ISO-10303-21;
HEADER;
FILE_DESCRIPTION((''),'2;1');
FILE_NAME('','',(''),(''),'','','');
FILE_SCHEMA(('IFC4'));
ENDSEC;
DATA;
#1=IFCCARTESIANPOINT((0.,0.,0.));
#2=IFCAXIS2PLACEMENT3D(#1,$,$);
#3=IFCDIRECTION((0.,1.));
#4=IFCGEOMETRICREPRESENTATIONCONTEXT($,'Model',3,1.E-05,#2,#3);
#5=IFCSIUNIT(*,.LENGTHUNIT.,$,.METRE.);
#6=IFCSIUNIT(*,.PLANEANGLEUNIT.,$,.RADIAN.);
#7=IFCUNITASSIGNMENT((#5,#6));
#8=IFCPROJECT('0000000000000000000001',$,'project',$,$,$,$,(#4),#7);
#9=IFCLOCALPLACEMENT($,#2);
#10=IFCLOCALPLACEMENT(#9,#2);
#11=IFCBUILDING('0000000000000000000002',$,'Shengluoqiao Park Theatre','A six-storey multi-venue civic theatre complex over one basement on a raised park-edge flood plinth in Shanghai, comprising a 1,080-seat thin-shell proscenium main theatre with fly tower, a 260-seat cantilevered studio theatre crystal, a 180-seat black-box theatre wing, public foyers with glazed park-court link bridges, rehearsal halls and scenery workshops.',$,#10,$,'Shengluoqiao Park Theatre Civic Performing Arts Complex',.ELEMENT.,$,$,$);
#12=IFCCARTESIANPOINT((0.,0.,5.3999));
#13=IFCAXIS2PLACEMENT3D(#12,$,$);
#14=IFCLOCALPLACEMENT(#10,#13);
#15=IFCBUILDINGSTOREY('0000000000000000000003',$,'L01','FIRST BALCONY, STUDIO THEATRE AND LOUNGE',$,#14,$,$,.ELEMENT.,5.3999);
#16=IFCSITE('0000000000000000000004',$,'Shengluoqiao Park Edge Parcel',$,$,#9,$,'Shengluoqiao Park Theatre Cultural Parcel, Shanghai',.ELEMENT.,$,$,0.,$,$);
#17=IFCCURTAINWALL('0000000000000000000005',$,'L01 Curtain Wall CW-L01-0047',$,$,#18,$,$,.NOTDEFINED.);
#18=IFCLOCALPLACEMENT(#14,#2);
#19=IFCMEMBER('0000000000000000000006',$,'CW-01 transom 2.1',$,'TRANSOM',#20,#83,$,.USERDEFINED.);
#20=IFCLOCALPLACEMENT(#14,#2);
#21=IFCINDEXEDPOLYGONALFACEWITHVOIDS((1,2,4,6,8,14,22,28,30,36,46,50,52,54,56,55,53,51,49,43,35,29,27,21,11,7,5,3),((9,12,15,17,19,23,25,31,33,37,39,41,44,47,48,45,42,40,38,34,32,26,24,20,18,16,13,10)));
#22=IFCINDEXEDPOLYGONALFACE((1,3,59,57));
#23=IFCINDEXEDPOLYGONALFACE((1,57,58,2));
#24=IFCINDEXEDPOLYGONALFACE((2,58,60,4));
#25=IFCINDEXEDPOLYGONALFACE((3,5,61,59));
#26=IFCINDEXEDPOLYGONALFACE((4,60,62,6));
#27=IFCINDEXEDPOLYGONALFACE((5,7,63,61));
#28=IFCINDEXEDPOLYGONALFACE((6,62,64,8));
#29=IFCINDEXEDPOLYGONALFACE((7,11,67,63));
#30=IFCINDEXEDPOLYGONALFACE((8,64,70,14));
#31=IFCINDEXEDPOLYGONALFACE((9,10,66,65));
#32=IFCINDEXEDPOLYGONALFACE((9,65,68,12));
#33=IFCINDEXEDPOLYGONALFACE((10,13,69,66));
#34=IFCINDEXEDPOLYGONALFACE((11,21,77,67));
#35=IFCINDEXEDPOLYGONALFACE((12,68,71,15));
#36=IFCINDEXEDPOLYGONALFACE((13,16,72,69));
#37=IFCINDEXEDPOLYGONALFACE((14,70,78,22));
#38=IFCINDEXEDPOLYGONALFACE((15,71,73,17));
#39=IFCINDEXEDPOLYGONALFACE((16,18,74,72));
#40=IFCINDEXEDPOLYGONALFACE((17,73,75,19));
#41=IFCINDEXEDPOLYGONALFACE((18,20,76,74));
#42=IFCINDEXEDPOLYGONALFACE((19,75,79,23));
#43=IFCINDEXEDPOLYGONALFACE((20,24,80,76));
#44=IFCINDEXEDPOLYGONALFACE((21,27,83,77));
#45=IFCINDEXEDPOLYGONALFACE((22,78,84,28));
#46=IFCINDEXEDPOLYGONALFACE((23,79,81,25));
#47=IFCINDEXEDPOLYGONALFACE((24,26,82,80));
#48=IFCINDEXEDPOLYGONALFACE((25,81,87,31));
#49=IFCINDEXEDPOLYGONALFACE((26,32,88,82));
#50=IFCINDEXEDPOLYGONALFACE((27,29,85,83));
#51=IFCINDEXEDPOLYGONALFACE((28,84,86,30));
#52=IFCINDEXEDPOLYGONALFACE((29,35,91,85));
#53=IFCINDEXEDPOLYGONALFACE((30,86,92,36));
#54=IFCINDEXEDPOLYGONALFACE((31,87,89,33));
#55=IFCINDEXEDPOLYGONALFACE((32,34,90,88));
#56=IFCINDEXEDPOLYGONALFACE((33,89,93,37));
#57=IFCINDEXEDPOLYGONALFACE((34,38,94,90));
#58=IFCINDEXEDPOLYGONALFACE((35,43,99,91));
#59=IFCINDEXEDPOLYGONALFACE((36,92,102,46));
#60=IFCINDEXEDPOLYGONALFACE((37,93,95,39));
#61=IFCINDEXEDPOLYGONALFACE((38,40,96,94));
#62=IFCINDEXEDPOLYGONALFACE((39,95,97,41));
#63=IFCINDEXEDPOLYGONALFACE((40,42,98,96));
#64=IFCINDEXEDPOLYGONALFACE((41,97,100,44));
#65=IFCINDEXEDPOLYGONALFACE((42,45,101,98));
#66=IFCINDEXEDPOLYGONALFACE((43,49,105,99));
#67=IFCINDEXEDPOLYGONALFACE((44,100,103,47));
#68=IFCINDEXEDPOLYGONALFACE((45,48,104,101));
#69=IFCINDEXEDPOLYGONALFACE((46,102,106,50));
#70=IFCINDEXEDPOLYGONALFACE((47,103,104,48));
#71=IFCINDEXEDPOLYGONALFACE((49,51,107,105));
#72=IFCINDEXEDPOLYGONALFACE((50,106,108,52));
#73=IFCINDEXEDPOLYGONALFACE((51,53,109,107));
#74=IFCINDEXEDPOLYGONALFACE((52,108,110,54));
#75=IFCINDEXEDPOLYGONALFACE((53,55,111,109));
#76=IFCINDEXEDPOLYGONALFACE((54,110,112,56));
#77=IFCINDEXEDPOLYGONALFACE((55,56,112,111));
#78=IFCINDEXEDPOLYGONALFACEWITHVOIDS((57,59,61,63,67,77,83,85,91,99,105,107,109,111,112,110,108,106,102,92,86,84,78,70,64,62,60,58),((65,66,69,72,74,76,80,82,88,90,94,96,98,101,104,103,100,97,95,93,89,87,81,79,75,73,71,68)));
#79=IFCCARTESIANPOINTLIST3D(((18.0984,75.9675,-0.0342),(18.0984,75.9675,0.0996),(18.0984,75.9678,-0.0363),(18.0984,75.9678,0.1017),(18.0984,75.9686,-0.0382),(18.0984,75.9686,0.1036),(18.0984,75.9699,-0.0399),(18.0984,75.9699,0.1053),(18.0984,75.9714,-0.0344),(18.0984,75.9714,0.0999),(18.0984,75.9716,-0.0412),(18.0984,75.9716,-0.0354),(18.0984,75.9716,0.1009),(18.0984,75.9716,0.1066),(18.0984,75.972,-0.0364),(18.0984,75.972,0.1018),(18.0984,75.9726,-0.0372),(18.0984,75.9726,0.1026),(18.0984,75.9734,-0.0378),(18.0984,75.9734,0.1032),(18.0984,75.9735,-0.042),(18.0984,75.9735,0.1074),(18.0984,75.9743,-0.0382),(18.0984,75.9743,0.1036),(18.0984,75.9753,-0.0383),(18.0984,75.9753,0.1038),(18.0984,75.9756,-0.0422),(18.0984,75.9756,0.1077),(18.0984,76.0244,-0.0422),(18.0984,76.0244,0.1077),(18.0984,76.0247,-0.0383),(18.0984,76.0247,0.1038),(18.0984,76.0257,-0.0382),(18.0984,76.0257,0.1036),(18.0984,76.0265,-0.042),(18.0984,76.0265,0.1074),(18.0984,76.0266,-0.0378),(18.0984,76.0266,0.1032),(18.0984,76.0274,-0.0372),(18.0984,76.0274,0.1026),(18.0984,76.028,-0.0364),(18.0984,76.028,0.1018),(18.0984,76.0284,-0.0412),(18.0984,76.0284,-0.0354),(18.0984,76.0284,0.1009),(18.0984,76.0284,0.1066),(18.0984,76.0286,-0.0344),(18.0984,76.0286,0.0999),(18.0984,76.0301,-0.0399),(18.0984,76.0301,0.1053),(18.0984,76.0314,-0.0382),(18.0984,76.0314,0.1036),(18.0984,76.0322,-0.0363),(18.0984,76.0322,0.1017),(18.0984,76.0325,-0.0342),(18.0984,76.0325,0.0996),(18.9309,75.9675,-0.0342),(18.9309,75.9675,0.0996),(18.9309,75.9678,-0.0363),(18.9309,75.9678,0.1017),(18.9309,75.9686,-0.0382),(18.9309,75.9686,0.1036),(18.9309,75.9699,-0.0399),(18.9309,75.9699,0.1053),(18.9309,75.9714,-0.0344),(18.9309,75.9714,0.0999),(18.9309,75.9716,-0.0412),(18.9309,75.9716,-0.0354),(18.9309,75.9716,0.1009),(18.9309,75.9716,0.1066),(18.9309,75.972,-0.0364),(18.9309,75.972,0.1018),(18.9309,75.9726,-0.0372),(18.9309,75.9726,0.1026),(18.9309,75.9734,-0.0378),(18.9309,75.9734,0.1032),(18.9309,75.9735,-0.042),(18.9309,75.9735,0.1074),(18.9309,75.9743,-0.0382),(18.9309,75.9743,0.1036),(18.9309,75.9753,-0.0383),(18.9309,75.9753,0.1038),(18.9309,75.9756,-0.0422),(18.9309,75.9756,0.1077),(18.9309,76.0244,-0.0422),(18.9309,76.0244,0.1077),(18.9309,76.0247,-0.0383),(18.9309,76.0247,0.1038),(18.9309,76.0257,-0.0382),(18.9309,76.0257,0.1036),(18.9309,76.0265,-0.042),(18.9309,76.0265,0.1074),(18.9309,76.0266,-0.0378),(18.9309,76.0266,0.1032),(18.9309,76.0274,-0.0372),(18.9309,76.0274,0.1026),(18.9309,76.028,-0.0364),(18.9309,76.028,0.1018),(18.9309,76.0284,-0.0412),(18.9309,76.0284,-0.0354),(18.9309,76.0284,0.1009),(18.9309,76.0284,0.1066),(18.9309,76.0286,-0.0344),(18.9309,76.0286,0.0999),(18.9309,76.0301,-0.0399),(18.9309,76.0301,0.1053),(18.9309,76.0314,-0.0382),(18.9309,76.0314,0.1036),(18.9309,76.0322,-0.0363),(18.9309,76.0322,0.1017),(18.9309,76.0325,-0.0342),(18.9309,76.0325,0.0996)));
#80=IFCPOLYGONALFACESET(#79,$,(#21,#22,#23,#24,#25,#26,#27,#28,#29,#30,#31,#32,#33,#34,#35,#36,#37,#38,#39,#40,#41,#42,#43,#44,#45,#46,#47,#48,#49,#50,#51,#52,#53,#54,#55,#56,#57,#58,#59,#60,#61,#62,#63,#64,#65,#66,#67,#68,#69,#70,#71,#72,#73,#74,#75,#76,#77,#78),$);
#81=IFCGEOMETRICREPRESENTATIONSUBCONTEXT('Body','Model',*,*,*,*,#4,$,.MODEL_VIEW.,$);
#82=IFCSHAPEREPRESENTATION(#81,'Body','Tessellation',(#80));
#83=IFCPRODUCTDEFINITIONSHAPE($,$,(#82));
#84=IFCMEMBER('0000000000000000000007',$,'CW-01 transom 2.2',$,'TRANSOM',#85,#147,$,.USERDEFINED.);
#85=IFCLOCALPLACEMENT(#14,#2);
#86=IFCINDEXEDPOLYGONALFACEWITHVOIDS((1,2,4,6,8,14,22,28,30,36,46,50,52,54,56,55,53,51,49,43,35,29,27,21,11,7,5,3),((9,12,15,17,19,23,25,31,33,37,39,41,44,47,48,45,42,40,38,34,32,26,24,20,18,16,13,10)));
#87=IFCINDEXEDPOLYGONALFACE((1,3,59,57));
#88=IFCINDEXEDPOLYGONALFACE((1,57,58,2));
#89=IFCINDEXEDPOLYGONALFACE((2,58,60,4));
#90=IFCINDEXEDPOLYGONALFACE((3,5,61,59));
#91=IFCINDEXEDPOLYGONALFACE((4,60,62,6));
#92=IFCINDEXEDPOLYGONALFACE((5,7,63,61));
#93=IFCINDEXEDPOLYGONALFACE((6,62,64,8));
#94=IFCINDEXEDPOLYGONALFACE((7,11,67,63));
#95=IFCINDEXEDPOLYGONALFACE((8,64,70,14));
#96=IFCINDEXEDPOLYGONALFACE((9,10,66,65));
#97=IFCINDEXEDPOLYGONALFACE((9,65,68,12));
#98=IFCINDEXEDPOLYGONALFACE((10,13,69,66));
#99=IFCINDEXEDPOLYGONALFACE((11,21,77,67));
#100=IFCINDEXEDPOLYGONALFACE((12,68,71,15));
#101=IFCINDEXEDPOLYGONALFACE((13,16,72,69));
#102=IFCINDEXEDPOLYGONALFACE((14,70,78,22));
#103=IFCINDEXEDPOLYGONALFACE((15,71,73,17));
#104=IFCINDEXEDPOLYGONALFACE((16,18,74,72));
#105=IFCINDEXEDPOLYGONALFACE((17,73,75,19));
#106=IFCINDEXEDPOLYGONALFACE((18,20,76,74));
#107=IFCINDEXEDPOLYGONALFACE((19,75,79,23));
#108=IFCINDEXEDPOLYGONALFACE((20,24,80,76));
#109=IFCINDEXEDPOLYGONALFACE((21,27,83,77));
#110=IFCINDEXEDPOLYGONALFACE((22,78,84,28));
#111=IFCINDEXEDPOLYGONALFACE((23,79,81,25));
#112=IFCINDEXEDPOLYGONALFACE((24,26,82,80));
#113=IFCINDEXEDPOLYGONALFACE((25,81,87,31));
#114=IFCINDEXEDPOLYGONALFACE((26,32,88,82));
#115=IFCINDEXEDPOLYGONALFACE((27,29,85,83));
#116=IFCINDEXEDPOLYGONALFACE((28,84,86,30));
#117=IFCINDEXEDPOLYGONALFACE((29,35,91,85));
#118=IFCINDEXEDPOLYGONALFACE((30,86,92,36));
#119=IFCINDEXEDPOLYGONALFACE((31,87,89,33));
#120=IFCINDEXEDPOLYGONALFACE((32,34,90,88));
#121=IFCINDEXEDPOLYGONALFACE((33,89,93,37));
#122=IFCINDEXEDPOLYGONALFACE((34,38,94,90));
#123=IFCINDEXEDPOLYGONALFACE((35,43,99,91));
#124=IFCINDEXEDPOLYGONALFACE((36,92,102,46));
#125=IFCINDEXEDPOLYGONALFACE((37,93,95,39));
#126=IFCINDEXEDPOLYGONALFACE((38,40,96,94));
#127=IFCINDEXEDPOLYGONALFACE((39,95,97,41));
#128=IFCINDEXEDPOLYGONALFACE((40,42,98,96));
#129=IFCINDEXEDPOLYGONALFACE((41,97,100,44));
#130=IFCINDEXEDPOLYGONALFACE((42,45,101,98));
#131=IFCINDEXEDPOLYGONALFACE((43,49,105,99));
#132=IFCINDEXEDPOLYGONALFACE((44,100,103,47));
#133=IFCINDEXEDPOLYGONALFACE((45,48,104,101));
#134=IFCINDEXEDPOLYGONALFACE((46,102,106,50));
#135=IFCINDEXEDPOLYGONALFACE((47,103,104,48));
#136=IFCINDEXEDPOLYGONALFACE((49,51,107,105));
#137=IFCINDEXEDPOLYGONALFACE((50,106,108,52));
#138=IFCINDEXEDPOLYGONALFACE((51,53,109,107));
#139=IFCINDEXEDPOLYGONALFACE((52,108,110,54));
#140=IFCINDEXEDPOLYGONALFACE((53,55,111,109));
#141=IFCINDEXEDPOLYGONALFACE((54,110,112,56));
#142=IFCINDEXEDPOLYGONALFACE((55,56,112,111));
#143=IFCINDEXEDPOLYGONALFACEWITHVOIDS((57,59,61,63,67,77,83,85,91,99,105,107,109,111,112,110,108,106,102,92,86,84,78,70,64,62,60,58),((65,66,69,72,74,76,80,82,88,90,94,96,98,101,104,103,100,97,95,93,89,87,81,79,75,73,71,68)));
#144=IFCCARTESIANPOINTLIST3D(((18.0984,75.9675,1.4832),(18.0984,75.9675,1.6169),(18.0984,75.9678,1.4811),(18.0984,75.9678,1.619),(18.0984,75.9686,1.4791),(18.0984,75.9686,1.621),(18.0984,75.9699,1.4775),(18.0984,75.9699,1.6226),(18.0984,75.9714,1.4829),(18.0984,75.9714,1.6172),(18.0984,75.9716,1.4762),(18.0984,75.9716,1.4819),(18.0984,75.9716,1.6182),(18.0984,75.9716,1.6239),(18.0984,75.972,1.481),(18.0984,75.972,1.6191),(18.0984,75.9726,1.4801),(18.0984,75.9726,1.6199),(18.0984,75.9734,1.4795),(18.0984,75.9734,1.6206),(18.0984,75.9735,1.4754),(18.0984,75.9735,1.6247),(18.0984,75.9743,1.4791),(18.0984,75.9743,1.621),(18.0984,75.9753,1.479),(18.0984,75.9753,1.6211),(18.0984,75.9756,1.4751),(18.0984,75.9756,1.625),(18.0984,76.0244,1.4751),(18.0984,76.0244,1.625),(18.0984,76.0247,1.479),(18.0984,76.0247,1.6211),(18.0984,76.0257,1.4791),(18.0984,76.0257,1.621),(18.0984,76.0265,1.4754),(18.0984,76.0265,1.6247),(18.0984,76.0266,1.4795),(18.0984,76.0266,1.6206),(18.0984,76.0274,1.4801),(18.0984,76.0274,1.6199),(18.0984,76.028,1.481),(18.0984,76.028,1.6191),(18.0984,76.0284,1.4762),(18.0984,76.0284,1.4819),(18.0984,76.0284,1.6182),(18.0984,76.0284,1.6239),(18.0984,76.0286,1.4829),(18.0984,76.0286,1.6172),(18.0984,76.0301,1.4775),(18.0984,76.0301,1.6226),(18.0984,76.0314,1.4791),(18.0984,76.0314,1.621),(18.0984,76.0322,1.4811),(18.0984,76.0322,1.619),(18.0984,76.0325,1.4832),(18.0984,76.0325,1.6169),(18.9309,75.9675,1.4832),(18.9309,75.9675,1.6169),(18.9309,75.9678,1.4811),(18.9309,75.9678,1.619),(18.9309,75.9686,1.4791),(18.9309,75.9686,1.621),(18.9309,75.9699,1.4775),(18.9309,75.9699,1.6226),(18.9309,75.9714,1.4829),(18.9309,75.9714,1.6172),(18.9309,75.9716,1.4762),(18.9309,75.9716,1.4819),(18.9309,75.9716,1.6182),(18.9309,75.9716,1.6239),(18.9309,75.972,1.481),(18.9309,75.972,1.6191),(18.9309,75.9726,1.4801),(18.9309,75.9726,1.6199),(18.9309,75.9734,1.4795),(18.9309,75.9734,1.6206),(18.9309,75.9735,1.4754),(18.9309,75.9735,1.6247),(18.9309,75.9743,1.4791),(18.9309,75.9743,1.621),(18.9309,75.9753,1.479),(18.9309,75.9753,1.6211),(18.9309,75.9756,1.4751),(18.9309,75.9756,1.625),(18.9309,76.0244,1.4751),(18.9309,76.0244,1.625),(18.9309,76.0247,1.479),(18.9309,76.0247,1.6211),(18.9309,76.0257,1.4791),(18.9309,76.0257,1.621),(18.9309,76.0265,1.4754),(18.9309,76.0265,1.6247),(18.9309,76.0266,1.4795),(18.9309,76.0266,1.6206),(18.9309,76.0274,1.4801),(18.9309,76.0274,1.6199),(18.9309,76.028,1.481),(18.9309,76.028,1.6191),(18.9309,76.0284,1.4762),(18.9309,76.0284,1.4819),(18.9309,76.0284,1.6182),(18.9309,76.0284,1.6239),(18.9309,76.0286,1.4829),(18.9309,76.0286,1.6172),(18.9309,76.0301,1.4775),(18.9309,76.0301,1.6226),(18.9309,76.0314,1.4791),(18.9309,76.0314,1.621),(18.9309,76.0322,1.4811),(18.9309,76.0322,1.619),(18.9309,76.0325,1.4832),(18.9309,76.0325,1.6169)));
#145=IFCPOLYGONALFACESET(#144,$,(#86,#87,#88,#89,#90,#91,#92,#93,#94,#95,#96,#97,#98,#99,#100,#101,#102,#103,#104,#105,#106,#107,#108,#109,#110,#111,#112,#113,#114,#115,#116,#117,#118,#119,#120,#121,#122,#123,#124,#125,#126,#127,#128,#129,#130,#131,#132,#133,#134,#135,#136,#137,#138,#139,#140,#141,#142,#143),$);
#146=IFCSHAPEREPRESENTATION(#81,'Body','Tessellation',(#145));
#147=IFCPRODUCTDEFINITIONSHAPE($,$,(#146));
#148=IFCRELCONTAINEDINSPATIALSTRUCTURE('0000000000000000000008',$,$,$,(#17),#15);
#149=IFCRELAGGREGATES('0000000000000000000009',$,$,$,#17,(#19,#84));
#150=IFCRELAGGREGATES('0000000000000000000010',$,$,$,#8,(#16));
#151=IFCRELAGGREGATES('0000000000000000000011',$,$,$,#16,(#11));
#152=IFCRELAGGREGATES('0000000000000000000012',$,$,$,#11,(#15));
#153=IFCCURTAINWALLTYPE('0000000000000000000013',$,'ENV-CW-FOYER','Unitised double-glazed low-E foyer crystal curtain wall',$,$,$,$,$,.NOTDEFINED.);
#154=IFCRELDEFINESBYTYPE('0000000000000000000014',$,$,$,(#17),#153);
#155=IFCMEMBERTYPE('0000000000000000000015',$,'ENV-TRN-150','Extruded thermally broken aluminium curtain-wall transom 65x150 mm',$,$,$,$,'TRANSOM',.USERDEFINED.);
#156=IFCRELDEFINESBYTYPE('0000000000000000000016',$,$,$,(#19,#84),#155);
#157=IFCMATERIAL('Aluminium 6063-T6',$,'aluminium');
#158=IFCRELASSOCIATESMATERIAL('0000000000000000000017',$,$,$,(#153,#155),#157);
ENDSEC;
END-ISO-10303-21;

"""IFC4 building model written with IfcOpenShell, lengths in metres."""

from ifc_helpers import new_model, si_unit, direction, frame, origin, origin_2d, place, context, subcontext, project, spatial, hollow_rectangle, extrude, material, material_profile, profile_set, type_object, element, aggregate, save


model = new_model("IFC4")

# Units and contexts
model_context = context("Model", 3, precision=1e-05, world=origin(), true_north=direction((0.0, 1.0)))
body_context = subcontext(model_context, "Body", "Model", "MODEL_VIEW")
ifc_project = project(units=[si_unit("LENGTHUNIT", "METRE"), si_unit("PLANEANGLEUNIT", "RADIAN")], contexts=[model_context])

# Site, building, storey
site_placement = place(None, origin())
site = spatial("IfcSite", under=ifc_project, at=site_placement, Name="Shengluoqiao Park Edge Parcel", LongName="Shengluoqiao Park Theatre Cultural Parcel, Shanghai", CompositionType="ELEMENT", RefElevation=0.0)
building_placement = place(site_placement, origin())
building = spatial("IfcBuilding", under=site, at=building_placement, Name="Shengluoqiao Park Theatre", Description="A six-storey multi-venue civic theatre complex over one basement on a raised park-edge flood plinth in Shanghai, comprising a 1,080-seat thin-shell proscenium main theatre with fly tower, a 260-seat cantilevered studio theatre crystal, a 180-seat black-box theatre wing, public foyers with glazed park-court link bridges, rehearsal halls and scenery workshops.", LongName="Shengluoqiao Park Theatre Civic Performing Arts Complex", CompositionType="ELEMENT")
storey_placement = place(building_placement, frame((0.0, 0.0, 5.3999)))
storey = spatial("IfcBuildingStorey", under=building, at=storey_placement, Name="L01", Description="FIRST BALCONY, STUDIO THEATRE AND LOUNGE", CompositionType="ELEMENT", Elevation=5.3999)

# Shared definitions
ifc_material_1 = material(Name="Aluminium 6063-T6", Category="aluminium")
curtain_wall_type = type_object("IfcCurtainWallType", Name="ENV-CW-FOYER", Description="Unitised double-glazed low-E foyer crystal curtain wall", PredefinedType="NOTDEFINED", material=ifc_material_1)

# Curtain wall
curtain_wall_1_placement = place(storey_placement, origin())
curtain_wall_1 = element("IfcCurtainWall", 1, at=curtain_wall_1_placement, inside=storey, type_object=curtain_wall_type, Name="L01 Curtain Wall CW-L01-0047", PredefinedType="NOTDEFINED")

# Members
ifc_material_profile_1 = material_profile(ifc_material_1, hollow_rectangle(XDim=0.0649, YDim=0.1499, WallThickness=0.0039, InnerFilletRadius=0.0039, OuterFilletRadius=0.0081, at=origin_2d()), Name="ALU TRANSOM 150x65x4")
ifc_profile_set_1 = profile_set([ifc_material_profile_1], Name="Aluminium 6063-T6")
member_type_1 = type_object("IfcMemberType", Name="ENV-TRN-150", Description="Extruded thermally broken aluminium curtain-wall transom 65x150 mm", ElementType="TRANSOM", PredefinedType="USERDEFINED", material=ifc_profile_set_1)
member_1_placement = place(storey_placement, frame((18.0984, 76.0, 0.0327), z_axis=(1.0, 0.0, 0.0), x_axis=(0.0, 1.0, 0.0)))
member_1 = element("IfcMember", 2, at=member_1_placement, type_object=member_type_1, Name="CW-01 transom 2.1", ObjectType="TRANSOM", PredefinedType="USERDEFINED", context=body_context, shape_type="SweptSolid", body=[
    extrude(hollow_rectangle(XDim=0.0649, YDim=0.1499, WallThickness=0.0039, InnerFilletRadius=0.0039, OuterFilletRadius=0.0081, at=origin_2d()), origin(), (0.0, 0.0, 1.0), 0.8325),
])
member_2_placement = place(storey_placement, frame((18.0984, 76.0, 1.55), z_axis=(1.0, 0.0, 0.0), x_axis=(0.0, 1.0, 0.0)))
member_2 = element("IfcMember", 3, at=member_2_placement, type_object=member_type_1, Name="CW-01 transom 2.2", ObjectType="TRANSOM", PredefinedType="USERDEFINED", context=body_context, shape_type="SweptSolid", body=[
    extrude(hollow_rectangle(XDim=0.0649, YDim=0.1499, WallThickness=0.0039, InnerFilletRadius=0.0039, OuterFilletRadius=0.0081, at=origin_2d()), origin(), (0.0, 0.0, 1.0), 0.8325),
])

aggregate(curtain_wall_1, [member_1, member_2])

save(model, "model.ifc")
